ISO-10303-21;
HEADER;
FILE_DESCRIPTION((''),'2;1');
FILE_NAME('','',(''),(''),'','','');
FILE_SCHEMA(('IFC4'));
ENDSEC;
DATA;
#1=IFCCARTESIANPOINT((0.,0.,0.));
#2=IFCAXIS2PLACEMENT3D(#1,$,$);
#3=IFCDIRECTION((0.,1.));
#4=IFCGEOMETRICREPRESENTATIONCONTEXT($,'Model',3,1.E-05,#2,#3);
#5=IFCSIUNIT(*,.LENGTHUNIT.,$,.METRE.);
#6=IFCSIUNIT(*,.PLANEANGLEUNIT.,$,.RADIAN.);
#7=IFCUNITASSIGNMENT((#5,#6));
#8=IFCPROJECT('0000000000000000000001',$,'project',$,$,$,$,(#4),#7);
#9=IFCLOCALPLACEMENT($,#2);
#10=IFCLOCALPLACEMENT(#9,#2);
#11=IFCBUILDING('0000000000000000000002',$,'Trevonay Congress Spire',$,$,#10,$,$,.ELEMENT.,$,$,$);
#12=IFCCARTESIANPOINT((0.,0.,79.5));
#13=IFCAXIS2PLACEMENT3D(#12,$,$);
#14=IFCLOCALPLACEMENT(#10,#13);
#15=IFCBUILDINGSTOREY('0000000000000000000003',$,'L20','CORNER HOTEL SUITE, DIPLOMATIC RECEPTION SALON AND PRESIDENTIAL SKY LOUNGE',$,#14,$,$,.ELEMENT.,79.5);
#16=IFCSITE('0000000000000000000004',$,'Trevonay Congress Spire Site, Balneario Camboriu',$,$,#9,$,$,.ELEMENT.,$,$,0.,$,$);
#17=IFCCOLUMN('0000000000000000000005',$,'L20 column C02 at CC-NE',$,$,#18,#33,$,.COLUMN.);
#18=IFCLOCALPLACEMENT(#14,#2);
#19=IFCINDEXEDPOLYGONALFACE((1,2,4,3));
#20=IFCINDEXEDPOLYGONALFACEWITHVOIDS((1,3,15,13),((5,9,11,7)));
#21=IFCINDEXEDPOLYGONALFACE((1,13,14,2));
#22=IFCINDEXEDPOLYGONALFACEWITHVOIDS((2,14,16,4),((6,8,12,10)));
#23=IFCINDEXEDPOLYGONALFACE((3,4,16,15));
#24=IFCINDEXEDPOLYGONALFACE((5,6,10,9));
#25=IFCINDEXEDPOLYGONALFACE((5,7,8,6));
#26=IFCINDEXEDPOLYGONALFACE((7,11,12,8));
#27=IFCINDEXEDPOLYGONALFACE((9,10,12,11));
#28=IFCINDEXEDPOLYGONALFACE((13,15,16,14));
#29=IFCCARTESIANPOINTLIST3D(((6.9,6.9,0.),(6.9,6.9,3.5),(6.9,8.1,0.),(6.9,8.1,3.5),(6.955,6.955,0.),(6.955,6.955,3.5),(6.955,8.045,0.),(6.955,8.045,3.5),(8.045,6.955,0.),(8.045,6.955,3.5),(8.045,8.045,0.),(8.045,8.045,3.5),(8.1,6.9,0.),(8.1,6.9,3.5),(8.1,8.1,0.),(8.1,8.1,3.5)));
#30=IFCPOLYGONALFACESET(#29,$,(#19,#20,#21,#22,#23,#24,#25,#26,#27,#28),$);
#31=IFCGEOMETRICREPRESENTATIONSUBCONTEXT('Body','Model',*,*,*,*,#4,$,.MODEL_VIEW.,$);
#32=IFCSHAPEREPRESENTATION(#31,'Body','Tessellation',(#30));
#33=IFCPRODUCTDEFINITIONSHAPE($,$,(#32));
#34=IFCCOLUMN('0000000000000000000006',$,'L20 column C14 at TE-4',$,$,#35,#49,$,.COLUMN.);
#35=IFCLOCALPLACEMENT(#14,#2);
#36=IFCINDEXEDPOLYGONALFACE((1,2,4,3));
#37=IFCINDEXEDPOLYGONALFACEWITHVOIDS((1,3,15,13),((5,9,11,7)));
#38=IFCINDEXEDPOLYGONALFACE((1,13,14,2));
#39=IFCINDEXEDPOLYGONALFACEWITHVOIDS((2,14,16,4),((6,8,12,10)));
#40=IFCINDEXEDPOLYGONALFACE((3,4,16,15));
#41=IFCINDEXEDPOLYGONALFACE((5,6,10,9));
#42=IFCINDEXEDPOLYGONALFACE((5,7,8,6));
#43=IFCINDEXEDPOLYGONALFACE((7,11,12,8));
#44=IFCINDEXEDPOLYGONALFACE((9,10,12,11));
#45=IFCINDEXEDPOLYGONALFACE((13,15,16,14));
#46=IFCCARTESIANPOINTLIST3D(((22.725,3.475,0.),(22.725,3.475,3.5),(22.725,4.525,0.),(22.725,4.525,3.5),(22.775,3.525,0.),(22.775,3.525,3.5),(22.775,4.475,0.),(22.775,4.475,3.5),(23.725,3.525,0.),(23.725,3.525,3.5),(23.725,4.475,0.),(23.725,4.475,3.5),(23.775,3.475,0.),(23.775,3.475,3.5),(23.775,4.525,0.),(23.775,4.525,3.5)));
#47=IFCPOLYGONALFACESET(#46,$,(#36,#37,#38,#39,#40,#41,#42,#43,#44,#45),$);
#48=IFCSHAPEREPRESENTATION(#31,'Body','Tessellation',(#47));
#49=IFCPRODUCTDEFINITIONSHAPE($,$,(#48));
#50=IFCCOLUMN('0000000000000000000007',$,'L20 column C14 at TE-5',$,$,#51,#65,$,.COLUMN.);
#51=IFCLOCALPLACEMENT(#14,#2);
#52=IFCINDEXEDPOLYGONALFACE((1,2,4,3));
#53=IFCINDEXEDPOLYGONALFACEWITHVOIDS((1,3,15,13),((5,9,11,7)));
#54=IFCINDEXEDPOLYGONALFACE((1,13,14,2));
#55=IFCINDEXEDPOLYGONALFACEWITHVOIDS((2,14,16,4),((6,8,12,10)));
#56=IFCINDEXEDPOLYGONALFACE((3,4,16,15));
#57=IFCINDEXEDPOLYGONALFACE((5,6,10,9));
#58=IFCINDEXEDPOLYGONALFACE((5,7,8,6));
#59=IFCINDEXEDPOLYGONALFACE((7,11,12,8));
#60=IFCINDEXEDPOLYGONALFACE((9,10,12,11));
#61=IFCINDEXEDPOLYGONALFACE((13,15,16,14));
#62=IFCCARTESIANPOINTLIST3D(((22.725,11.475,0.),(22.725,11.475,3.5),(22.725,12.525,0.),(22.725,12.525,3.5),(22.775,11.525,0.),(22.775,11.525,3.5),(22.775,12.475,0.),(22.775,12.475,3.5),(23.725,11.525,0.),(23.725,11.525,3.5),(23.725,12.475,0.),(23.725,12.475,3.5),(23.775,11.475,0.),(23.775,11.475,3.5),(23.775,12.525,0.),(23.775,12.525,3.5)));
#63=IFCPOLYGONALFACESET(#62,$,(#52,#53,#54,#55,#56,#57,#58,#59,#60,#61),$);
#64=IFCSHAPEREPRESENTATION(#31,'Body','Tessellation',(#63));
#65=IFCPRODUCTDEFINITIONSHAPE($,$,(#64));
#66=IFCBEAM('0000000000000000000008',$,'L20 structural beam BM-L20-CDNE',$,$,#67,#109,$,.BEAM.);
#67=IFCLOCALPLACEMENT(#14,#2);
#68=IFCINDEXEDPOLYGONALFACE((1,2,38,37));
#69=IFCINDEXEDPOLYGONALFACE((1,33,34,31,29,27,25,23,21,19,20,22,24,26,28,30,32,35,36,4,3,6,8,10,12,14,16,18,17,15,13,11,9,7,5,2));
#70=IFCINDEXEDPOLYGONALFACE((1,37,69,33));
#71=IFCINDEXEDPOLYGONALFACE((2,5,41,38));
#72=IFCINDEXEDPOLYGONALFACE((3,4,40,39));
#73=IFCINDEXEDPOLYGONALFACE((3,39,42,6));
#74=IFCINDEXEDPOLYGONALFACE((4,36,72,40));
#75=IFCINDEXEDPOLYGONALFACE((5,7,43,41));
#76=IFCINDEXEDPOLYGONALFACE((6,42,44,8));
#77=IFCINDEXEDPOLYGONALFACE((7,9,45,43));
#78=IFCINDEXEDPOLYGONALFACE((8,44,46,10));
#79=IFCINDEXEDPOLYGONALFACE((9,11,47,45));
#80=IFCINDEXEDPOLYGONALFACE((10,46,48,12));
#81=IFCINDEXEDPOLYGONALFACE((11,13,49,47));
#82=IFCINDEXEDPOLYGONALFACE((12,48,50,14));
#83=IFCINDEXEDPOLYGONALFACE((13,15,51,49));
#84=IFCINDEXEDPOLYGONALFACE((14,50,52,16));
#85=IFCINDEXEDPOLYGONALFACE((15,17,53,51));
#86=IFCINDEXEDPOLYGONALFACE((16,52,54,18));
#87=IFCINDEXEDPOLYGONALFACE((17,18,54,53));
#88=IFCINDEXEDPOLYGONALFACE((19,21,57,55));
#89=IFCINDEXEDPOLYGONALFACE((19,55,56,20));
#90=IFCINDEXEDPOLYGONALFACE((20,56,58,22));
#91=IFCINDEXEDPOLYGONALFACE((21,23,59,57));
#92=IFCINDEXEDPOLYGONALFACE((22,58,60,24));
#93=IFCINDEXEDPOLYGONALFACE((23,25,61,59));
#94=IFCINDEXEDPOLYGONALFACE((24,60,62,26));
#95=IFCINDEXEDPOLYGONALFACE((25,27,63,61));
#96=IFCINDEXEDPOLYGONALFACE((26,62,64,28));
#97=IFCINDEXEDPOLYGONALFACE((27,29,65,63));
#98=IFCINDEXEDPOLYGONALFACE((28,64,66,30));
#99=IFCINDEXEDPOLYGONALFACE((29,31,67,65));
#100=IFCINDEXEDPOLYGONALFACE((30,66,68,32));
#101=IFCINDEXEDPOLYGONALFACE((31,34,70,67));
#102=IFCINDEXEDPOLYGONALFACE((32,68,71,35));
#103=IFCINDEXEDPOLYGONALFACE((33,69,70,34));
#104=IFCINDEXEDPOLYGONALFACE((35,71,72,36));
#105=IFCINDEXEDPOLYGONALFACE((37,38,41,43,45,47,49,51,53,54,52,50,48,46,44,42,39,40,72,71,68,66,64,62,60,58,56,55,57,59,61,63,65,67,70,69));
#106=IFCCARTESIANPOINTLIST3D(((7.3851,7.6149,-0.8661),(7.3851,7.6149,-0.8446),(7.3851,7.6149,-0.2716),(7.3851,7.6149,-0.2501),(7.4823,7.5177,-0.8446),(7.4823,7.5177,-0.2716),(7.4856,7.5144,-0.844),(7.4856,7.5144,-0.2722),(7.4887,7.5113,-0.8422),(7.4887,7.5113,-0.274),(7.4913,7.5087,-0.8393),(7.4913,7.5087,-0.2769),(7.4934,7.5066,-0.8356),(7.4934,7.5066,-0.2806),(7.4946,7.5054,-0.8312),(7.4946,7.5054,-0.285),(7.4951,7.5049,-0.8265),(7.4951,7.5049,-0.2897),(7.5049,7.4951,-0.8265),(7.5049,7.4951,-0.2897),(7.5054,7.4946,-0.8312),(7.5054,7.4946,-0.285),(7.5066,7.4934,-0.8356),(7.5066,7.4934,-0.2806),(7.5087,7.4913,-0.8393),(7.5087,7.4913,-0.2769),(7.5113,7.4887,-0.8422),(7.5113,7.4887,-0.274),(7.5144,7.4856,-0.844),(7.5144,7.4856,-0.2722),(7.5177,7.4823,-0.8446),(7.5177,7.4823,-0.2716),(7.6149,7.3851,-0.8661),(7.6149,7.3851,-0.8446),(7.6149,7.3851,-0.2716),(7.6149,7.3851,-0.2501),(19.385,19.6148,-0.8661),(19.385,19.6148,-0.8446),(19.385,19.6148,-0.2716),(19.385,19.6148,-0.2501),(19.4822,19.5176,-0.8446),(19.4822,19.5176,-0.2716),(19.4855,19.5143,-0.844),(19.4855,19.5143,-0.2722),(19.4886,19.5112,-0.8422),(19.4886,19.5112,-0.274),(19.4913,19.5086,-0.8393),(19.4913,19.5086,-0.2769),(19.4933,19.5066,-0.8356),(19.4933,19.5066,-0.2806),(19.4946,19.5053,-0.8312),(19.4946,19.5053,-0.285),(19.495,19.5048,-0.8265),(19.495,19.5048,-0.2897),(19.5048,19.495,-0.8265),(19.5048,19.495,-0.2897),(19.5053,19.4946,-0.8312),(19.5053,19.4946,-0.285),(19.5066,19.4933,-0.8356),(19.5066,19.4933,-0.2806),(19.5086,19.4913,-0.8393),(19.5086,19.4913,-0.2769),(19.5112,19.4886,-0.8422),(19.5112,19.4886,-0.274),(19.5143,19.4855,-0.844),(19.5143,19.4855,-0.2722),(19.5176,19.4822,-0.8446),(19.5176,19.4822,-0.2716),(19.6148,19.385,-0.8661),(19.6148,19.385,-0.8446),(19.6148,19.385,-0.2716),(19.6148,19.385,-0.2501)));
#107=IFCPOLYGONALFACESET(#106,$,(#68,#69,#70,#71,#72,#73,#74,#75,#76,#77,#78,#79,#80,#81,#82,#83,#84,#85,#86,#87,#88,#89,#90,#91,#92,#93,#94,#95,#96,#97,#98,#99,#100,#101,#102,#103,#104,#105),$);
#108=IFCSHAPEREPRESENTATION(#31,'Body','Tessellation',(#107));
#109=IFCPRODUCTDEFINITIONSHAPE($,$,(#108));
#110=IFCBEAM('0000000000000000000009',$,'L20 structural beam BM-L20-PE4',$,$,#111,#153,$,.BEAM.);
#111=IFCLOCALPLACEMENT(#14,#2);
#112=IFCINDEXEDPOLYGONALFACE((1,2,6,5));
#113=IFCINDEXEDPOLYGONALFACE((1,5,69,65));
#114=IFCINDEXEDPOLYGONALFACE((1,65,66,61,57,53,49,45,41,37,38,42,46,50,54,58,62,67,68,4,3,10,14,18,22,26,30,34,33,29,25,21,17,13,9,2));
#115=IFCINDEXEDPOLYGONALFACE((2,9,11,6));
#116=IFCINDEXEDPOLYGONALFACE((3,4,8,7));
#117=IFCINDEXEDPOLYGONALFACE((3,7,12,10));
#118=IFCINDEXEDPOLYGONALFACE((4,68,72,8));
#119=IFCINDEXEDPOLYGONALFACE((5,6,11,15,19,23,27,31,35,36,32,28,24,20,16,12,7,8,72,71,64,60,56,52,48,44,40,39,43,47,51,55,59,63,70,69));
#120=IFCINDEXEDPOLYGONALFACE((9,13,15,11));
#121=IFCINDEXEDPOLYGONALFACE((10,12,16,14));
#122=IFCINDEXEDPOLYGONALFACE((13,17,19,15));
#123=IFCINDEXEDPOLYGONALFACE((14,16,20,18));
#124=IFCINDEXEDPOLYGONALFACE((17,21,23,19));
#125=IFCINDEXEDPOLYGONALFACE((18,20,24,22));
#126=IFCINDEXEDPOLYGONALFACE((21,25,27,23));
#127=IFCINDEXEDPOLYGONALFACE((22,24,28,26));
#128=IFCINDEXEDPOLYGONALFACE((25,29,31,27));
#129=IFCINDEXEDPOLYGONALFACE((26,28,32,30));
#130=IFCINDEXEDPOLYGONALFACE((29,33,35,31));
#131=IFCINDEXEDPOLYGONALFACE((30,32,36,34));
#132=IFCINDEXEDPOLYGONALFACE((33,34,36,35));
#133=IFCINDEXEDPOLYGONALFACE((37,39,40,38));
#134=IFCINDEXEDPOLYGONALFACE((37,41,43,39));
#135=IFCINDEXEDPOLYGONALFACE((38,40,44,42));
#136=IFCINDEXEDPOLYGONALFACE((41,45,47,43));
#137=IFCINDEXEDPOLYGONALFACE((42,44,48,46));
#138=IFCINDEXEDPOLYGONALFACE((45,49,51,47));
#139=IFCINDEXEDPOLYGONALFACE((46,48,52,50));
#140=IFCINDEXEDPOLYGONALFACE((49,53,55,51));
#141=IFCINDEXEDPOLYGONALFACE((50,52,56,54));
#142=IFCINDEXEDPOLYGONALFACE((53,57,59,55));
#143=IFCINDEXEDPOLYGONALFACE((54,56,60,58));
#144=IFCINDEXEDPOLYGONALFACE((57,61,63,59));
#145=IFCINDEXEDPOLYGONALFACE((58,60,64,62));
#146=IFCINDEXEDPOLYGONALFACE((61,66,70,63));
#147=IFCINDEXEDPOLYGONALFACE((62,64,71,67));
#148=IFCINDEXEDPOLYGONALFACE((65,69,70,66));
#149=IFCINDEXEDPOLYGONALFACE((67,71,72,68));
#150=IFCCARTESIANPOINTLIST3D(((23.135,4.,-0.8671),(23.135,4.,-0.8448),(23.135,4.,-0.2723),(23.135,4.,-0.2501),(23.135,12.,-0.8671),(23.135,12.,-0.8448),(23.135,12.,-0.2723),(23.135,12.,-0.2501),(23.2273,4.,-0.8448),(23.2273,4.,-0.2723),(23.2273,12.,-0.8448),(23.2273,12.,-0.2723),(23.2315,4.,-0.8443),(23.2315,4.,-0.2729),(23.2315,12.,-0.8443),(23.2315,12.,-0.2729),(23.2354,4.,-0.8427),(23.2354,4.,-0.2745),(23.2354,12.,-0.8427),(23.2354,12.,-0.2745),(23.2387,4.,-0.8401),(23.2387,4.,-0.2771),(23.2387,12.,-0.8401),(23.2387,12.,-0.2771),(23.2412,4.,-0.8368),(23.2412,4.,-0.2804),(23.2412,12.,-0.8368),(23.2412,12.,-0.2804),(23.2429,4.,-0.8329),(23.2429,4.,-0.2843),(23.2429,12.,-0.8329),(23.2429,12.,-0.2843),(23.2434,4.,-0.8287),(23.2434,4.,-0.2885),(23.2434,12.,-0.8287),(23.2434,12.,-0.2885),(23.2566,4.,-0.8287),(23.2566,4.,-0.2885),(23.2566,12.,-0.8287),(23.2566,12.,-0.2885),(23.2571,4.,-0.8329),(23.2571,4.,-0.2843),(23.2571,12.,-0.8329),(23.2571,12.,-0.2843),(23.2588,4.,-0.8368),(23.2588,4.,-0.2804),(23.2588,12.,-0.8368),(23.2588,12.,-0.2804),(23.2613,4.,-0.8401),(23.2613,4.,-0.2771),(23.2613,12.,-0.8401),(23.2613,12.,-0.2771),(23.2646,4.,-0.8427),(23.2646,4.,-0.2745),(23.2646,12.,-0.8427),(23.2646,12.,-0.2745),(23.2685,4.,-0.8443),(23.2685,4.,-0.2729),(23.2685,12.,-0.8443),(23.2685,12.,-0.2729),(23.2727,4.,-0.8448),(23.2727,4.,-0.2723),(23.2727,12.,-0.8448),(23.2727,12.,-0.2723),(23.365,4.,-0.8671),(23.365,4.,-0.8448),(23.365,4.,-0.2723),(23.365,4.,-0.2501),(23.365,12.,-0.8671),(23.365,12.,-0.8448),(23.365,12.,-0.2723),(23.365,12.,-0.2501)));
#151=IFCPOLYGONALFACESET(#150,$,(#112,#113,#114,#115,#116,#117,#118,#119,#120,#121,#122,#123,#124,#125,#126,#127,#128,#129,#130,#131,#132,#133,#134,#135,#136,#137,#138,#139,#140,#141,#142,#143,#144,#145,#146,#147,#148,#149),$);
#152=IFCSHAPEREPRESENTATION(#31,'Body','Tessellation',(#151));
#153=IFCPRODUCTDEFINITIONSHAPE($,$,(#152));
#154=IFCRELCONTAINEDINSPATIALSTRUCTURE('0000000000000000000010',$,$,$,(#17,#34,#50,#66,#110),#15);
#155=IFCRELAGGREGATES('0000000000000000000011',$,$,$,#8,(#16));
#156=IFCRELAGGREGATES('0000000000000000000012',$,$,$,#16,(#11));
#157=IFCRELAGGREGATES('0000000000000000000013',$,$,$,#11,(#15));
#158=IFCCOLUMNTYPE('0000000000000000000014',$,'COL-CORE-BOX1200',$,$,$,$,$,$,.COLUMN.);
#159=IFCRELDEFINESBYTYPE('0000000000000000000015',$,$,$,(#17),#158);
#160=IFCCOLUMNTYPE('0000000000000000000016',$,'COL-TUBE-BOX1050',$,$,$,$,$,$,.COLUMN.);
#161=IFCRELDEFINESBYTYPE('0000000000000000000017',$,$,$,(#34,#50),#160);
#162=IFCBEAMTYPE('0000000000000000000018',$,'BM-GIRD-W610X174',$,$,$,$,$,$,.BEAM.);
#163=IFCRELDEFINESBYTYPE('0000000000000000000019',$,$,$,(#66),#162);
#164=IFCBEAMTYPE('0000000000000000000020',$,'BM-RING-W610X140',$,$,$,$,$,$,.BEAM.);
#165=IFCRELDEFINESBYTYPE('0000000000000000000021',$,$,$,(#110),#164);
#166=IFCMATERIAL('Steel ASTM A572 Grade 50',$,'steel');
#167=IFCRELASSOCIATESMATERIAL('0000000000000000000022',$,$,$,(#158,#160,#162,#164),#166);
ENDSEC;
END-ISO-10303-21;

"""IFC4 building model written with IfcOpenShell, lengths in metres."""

from ifc_helpers import new_model, si_unit, direction, frame, origin, origin_2d, place, context, subcontext, project, spatial, hollow_rectangle, i_section, extrude, material, material_profile, profile_set, type_object, element, save


model = new_model("IFC4")

# Units and contexts
model_context = context("Model", 3, precision=1e-05, world=origin(), true_north=direction((0.0, 1.0)))
body_context = subcontext(model_context, "Body", "Model", "MODEL_VIEW")
ifc_project = project(units=[si_unit("LENGTHUNIT", "METRE"), si_unit("PLANEANGLEUNIT", "RADIAN")], contexts=[model_context])

# Site, building, storey
site_placement = place(None, origin())
site = spatial("IfcSite", under=ifc_project, at=site_placement, Name="Trevonay Congress Spire Site, Balneario Camboriu", CompositionType="ELEMENT", RefElevation=0.0)
building_placement = place(site_placement, origin())
building = spatial("IfcBuilding", under=site, at=building_placement, Name="Trevonay Congress Spire", CompositionType="ELEMENT")
storey_placement = place(building_placement, frame((0.0, 0.0, 79.5)))
storey = spatial("IfcBuildingStorey", under=building, at=storey_placement, Name="L20", Description="CORNER HOTEL SUITE, DIPLOMATIC RECEPTION SALON AND PRESIDENTIAL SKY LOUNGE", CompositionType="ELEMENT", Elevation=79.5)

# Columns
ifc_material_1 = material(Name="Steel ASTM A572 Grade 50", Category="steel")
ifc_material_profile_1 = material_profile(ifc_material_1, hollow_rectangle(XDim=1.2, YDim=1.2, WallThickness=0.0549, at=origin_2d()), Name="BOX 1200x1200x55")
ifc_profile_set_1 = profile_set([ifc_material_profile_1], Name="Steel ASTM A572 Grade 50")
column_type_1 = type_object("IfcColumnType", Name="COL-CORE-BOX1200", PredefinedType="COLUMN", material=ifc_profile_set_1)
column_placement = place(storey_placement, frame((7.5, 7.5, 0.0), z_axis=(0.0, 0.0, 1.0), x_axis=(1.0, 0.0, 0.0)))
element("IfcColumn", 1, at=column_placement, inside=storey, type_object=column_type_1, Name="L20 column C02 at CC-NE", PredefinedType="COLUMN", context=body_context, shape_type="SweptSolid", body=[
    extrude(hollow_rectangle(XDim=1.2, YDim=1.2, WallThickness=0.0549, at=origin_2d()), origin(), (0.0, 0.0, 1.0), 3.5),
])
ifc_material_profile_2 = material_profile(ifc_material_1, hollow_rectangle(XDim=1.05, YDim=1.05, WallThickness=0.05, at=origin_2d()), Name="BOX 1050x1050x50")
ifc_profile_set_2 = profile_set([ifc_material_profile_2], Name="Steel ASTM A572 Grade 50")
column_type_2 = type_object("IfcColumnType", Name="COL-TUBE-BOX1050", PredefinedType="COLUMN", material=ifc_profile_set_2)
for number, where, z_axis, x_axis, name in (
    (2, (23.25, 4.0, 0.0), (0.0, 0.0, 1.0), (1.0, 0.0, 0.0), "L20 column C14 at TE-4"),
    (3, (23.25, 12.0, 0.0), (0.0, 0.0, 1.0), (1.0, 0.0, 0.0), "L20 column C14 at TE-5"),
):
    element("IfcColumn", number, at=place(storey_placement, frame(where, z_axis=z_axis, x_axis=x_axis)), inside=storey, type_object=column_type_2, Name=name, PredefinedType="COLUMN", context=body_context, shape_type="SweptSolid", body=[
        extrude(hollow_rectangle(XDim=1.05, YDim=1.05, WallThickness=0.05, at=origin_2d()), origin(), (0.0, 0.0, 1.0), 3.5),
    ])

# Beams
ifc_material_profile_3 = material_profile(ifc_material_1, i_section(OverallWidth=0.325, OverallDepth=0.616, WebThickness=0.0139, FlangeThickness=0.0215, FilletRadius=0.0181, at=origin_2d()), Name="W610x174")
ifc_profile_set_3 = profile_set([ifc_material_profile_3], Name="Steel ASTM A572 Grade 50")
beam_type_1 = type_object("IfcBeamType", Name="BM-GIRD-W610X174", PredefinedType="BEAM", material=ifc_profile_set_3)
beam_1_placement = place(storey_placement, frame((7.5, 7.5, -0.5581), z_axis=(0.707107, 0.707107, 0.0), x_axis=(-0.707107, 0.707107, 0.0)))
element("IfcBeam", 4, at=beam_1_placement, inside=storey, type_object=beam_type_1, Name="L20 structural beam BM-L20-CDNE", PredefinedType="BEAM", context=body_context, shape_type="SweptSolid", body=[
    extrude(i_section(OverallWidth=0.325, OverallDepth=0.616, WebThickness=0.0139, FlangeThickness=0.0215, FilletRadius=0.0181, at=origin_2d()), origin(), (0.0, 0.0, 1.0), 16.9705),
])
ifc_material_profile_4 = material_profile(ifc_material_1, i_section(OverallWidth=0.23, OverallDepth=0.6169, WebThickness=0.0132, FlangeThickness=0.0222, FilletRadius=0.0161, at=origin_2d()), Name="W610x140")
ifc_profile_set_4 = profile_set([ifc_material_profile_4], Name="Steel ASTM A572 Grade 50")
beam_type_2 = type_object("IfcBeamType", Name="BM-RING-W610X140", PredefinedType="BEAM", material=ifc_profile_set_4)
beam_2_placement = place(storey_placement, frame((23.25, 4.0, -0.5586), z_axis=(0.0, 1.0, 0.0), x_axis=(-1.0, 0.0, 0.0)))
element("IfcBeam", 5, at=beam_2_placement, inside=storey, type_object=beam_type_2, Name="L20 structural beam BM-L20-PE4", PredefinedType="BEAM", context=body_context, shape_type="SweptSolid", body=[
    extrude(i_section(OverallWidth=0.23, OverallDepth=0.6169, WebThickness=0.0132, FlangeThickness=0.0222, FilletRadius=0.0161, at=origin_2d()), origin(), (0.0, 0.0, 1.0), 8.0),
])

save(model, "model.ifc")
